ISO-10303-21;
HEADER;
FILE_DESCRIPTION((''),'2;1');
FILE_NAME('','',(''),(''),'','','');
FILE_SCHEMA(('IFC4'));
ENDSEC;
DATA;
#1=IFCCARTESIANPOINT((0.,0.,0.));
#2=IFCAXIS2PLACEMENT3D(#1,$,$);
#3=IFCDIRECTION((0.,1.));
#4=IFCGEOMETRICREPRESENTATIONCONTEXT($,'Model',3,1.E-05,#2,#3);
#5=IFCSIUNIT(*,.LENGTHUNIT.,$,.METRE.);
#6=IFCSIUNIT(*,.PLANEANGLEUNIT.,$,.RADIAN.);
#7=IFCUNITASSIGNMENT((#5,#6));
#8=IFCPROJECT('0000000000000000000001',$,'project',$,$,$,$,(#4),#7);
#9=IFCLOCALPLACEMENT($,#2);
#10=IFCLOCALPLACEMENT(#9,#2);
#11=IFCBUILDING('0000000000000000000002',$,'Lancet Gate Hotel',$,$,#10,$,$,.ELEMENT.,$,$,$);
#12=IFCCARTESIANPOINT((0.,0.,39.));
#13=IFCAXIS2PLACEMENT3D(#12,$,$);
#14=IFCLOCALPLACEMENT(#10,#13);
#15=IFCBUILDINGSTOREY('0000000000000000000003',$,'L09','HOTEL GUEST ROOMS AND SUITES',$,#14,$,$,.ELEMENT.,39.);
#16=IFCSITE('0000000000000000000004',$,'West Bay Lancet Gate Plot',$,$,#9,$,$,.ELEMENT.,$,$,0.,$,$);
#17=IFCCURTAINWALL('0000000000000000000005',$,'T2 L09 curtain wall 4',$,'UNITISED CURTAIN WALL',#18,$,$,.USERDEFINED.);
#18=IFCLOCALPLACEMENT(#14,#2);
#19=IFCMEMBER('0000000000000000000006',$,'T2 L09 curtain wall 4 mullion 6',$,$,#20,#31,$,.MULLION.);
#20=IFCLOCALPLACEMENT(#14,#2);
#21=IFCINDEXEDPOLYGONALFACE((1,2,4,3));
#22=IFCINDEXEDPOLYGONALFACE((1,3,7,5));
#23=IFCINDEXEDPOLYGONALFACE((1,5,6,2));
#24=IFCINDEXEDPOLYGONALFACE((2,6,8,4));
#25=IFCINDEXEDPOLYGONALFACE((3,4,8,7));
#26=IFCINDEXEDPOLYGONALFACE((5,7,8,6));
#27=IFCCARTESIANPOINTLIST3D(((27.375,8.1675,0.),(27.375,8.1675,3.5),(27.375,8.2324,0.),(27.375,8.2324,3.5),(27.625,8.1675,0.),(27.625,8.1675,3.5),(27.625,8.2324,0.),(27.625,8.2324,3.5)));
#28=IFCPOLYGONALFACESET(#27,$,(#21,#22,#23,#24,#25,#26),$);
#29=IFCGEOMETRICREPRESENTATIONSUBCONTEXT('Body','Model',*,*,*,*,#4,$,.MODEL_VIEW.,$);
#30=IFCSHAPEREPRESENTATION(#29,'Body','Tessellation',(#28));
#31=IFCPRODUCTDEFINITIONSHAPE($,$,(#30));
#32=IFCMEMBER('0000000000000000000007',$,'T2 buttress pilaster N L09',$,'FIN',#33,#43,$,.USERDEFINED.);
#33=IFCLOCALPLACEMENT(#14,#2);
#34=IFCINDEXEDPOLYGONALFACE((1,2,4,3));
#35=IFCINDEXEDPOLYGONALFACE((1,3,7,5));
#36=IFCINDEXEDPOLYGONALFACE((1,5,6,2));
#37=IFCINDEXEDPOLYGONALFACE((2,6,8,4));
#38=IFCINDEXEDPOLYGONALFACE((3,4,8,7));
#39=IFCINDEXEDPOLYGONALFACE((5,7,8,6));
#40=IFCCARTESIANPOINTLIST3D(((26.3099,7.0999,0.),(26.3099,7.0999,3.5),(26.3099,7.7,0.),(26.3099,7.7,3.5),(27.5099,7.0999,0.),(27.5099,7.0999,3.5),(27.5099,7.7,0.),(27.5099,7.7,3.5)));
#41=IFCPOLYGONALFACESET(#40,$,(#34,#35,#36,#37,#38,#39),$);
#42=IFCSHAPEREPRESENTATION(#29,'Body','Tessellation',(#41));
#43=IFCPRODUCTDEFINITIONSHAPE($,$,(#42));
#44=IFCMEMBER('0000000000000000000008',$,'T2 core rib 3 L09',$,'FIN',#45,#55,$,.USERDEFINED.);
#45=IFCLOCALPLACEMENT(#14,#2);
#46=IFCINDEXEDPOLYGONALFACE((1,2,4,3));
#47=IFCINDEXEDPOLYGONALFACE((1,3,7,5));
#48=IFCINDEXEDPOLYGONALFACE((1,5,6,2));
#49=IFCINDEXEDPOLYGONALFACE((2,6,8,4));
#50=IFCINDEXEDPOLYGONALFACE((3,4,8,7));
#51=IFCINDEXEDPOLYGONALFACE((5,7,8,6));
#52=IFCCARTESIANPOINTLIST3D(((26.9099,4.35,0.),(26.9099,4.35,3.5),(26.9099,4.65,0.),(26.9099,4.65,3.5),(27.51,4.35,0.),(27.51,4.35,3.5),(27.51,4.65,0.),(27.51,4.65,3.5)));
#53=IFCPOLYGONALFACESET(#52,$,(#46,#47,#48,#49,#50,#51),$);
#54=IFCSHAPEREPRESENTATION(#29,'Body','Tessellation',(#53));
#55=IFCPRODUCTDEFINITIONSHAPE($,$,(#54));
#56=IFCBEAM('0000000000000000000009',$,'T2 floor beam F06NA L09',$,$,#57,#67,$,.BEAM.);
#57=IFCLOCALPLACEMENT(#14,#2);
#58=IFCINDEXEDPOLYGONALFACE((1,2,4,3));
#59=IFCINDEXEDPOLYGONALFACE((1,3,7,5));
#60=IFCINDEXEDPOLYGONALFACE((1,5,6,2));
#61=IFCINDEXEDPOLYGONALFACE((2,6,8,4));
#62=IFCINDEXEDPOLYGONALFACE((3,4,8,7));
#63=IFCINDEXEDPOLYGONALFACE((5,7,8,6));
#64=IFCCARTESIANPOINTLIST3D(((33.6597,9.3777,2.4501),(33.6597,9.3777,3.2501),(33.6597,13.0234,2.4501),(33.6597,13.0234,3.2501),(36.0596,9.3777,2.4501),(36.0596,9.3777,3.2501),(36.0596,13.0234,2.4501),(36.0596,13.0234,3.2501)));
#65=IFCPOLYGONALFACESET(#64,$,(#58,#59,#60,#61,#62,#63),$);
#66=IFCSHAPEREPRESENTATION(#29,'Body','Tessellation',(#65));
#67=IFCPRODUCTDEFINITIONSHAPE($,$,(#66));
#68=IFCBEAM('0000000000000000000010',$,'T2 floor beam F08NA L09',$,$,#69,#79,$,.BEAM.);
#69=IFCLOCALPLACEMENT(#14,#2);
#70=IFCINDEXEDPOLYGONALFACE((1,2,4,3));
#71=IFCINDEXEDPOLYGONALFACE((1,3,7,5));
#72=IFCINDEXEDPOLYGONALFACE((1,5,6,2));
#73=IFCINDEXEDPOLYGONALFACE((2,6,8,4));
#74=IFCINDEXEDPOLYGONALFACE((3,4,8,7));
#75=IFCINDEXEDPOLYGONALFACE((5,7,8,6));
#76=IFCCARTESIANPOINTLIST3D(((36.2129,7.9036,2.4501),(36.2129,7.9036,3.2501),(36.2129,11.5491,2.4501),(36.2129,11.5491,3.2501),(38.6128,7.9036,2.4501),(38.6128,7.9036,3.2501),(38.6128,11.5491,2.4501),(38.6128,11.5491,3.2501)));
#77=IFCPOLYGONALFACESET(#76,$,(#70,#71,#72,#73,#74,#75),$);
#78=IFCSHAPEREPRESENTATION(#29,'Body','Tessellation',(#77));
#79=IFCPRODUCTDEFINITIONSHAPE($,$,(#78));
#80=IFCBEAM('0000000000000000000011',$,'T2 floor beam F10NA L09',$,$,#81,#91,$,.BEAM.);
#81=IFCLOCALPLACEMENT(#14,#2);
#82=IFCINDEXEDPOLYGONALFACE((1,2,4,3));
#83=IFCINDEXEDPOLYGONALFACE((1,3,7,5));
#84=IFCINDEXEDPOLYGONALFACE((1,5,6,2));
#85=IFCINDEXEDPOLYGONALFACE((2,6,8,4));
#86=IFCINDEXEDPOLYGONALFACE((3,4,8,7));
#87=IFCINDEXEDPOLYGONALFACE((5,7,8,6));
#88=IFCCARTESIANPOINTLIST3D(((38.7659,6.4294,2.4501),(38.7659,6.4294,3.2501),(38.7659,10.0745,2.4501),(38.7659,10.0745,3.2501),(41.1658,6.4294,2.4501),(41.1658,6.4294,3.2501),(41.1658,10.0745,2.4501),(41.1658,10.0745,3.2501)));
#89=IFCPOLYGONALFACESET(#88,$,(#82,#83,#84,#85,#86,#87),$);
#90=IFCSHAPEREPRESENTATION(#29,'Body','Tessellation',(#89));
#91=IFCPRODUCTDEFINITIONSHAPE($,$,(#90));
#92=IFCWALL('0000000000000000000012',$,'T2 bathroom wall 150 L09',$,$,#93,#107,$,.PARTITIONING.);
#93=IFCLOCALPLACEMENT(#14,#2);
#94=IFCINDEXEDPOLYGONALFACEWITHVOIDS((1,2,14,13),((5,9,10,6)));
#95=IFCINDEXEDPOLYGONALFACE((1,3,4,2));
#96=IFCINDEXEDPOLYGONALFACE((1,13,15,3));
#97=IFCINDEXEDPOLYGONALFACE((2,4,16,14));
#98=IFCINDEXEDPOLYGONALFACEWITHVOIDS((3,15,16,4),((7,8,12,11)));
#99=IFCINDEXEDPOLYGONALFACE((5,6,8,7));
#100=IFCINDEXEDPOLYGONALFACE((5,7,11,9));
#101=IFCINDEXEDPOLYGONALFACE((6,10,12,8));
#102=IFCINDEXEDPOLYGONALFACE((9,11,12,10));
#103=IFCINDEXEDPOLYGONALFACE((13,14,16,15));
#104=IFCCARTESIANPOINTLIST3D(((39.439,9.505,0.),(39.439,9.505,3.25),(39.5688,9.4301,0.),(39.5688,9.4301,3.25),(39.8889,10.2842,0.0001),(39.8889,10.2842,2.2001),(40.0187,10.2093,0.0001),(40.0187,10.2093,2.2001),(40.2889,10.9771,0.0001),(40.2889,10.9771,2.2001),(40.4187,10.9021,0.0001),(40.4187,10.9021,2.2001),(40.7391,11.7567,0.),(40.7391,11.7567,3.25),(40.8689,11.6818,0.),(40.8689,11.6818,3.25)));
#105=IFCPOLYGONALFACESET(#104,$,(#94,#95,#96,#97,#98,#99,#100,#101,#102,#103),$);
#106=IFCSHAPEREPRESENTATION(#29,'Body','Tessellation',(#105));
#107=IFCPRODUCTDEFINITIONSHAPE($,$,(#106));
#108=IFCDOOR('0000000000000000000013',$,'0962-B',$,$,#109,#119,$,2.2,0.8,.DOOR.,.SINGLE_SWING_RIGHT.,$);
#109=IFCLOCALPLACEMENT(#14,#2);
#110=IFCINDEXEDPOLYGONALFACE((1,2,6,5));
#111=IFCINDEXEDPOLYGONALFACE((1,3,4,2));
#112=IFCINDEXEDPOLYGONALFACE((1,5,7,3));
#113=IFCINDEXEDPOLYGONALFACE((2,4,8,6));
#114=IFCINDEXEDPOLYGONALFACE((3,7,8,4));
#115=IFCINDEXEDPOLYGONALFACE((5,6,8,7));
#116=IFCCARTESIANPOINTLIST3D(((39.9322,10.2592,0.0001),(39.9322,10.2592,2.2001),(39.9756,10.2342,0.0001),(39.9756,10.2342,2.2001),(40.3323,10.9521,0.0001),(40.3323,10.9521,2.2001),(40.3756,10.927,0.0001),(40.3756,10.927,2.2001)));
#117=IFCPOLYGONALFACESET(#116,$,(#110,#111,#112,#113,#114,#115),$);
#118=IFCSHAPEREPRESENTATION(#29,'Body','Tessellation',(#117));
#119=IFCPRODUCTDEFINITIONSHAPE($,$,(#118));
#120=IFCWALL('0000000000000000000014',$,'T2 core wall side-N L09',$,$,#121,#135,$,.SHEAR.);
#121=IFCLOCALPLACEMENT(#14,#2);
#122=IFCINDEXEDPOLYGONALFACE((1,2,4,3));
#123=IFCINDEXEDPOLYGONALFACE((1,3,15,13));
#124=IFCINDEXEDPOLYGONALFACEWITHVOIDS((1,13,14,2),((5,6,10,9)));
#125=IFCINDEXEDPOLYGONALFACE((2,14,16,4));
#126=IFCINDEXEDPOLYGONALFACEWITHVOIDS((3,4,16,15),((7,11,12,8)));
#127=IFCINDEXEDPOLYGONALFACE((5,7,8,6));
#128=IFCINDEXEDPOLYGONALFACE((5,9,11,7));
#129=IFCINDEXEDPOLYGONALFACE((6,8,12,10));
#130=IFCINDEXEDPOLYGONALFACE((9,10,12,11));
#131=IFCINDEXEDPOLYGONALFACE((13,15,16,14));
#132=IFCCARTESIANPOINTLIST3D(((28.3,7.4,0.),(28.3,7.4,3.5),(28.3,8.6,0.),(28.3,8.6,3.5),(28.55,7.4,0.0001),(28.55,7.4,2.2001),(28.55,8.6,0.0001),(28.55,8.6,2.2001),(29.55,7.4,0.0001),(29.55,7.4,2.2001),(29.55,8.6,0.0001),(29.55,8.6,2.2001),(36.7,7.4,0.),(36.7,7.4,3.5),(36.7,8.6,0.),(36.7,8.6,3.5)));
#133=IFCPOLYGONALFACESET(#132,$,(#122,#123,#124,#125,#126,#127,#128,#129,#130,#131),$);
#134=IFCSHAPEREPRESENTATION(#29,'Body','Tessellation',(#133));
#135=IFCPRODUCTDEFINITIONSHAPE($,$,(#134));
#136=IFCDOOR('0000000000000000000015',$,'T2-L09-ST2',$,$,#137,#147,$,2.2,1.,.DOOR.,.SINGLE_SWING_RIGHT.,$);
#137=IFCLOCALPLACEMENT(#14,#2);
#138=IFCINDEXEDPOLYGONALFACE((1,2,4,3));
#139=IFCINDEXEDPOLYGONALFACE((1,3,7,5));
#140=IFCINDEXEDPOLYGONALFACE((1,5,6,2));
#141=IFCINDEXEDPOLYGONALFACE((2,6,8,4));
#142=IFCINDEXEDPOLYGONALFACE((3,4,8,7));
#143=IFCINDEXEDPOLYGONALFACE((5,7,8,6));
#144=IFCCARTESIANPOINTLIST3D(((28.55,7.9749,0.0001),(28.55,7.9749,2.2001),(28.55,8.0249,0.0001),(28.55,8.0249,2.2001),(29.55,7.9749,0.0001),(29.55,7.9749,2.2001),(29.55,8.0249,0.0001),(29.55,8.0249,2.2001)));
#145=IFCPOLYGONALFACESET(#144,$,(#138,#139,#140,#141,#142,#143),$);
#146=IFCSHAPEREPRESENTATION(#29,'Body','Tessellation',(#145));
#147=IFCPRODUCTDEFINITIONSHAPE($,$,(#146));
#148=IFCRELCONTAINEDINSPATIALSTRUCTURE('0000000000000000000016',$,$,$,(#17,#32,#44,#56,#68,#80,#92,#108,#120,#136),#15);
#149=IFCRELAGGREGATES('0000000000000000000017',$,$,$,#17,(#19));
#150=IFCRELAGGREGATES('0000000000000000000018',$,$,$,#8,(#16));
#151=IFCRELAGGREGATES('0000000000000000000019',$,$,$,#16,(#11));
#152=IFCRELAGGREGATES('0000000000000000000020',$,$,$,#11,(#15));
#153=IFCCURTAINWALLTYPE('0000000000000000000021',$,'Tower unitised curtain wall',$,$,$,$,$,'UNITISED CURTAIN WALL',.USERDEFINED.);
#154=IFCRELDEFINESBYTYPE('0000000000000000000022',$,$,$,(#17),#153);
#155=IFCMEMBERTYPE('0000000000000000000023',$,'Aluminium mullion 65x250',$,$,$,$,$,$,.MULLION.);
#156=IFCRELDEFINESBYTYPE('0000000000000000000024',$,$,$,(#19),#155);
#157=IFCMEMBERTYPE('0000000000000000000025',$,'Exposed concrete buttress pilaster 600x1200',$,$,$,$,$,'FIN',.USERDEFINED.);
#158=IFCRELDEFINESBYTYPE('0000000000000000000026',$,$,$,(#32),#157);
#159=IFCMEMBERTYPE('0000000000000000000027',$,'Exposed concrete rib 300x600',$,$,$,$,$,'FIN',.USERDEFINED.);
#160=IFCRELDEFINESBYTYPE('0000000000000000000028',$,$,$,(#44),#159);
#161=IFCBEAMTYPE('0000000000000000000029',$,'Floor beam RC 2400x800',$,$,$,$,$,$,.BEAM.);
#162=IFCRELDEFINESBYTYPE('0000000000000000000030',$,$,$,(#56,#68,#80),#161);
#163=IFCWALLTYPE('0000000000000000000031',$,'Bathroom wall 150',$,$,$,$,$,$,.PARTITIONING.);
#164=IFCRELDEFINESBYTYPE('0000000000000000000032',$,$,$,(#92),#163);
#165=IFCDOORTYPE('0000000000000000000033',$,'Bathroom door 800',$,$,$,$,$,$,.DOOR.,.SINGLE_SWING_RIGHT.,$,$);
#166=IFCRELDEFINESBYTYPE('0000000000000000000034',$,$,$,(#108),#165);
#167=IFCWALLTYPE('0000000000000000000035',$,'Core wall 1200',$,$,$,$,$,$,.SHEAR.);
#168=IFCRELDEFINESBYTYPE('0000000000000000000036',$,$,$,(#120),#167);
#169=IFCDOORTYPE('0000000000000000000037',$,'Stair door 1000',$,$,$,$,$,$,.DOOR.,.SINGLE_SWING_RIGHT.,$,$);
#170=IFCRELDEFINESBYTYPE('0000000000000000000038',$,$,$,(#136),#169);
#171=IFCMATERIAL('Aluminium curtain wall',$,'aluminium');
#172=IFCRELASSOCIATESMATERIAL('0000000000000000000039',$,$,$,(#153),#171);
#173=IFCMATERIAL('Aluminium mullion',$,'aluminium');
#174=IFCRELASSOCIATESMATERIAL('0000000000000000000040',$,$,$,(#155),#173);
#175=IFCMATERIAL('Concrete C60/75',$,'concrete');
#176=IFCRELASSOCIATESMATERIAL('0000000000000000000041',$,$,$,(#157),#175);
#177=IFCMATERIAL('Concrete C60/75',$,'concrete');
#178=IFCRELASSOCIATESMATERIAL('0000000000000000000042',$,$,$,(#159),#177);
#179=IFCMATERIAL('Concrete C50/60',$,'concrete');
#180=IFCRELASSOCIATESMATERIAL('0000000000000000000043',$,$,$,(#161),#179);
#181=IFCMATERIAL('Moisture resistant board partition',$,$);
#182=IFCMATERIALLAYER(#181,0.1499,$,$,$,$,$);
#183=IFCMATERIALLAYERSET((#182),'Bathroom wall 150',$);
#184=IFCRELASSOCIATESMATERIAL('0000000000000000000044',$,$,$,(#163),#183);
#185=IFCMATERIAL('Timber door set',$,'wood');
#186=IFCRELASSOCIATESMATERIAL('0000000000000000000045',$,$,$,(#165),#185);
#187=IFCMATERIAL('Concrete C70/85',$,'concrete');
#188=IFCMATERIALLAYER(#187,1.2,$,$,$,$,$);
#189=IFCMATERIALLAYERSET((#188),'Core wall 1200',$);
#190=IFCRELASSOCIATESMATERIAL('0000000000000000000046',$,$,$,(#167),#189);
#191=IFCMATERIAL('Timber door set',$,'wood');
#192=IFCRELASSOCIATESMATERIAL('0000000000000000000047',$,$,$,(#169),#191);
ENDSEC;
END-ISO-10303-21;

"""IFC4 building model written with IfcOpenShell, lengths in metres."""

from ifc_helpers import new_model, si_unit, direction, frame, frame_2d, origin, origin_2d, place, context, subcontext, project, spatial, rectangle, extrude, material, layer, layer_set, material_profile, profile_set, type_object, element, fill, aggregate, save


model = new_model("IFC4")

# Units and contexts
model_context = context("Model", 3, precision=1e-05, world=origin(), true_north=direction((0.0, 1.0)))
body_context = subcontext(model_context, "Body", "Model", "MODEL_VIEW")
ifc_project = project(units=[si_unit("LENGTHUNIT", "METRE"), si_unit("PLANEANGLEUNIT", "RADIAN")], contexts=[model_context])

# Site, building, storey
site_placement = place(None, origin())
site = spatial("IfcSite", under=ifc_project, at=site_placement, Name="West Bay Lancet Gate Plot", CompositionType="ELEMENT", RefElevation=0.0)
building_placement = place(site_placement, origin())
building = spatial("IfcBuilding", under=site, at=building_placement, Name="Lancet Gate Hotel", CompositionType="ELEMENT")
storey_placement = place(building_placement, frame((0.0, 0.0, 39.0)))
storey = spatial("IfcBuildingStorey", under=building, at=storey_placement, Name="L09", Description="HOTEL GUEST ROOMS AND SUITES", CompositionType="ELEMENT", Elevation=39.0)

# Curtain wall, member
ifc_material_1 = material(Name="Aluminium curtain wall", Category="aluminium")
curtain_wall_type = type_object("IfcCurtainWallType", Name="Tower unitised curtain wall", ElementType="UNITISED CURTAIN WALL", PredefinedType="USERDEFINED", material=ifc_material_1)
curtain_wall_placement = place(storey_placement, origin())
curtain_wall = element("IfcCurtainWall", 1, at=curtain_wall_placement, inside=storey, type_object=curtain_wall_type, Name="T2 L09 curtain wall 4", ObjectType="UNITISED CURTAIN WALL", PredefinedType="USERDEFINED")
ifc_material_2 = material(Name="Aluminium mullion", Category="aluminium")
ifc_material_profile_1 = material_profile(ifc_material_2, rectangle(XDim=0.0649, YDim=0.25, at=origin_2d()), Name="MULLION 65x250")
ifc_profile_set_1 = profile_set([ifc_material_profile_1], Name="Aluminium mullion")
member_type_1 = type_object("IfcMemberType", Name="Aluminium mullion 65x250", PredefinedType="MULLION", material=ifc_profile_set_1)
member_1_placement = place(storey_placement, frame((27.5, 8.2, 0.0), z_axis=(0.0, 0.0, 1.0), x_axis=(0.0, -1.0, 0.0)))
member_1 = element("IfcMember", 2, at=member_1_placement, type_object=member_type_1, Name="T2 L09 curtain wall 4 mullion 6", PredefinedType="MULLION", context=body_context, shape_type="SweptSolid", body=[
    extrude(rectangle(XDim=0.0649, YDim=0.25, at=origin_2d()), origin(), (0.0, 0.0, 1.0), 3.5),
])
aggregate(curtain_wall, [member_1])

# Members
ifc_material_3 = material(Name="Concrete C60/75", Category="concrete")
ifc_material_profile_2 = material_profile(ifc_material_3, rectangle(XDim=0.6001, YDim=1.2, at=origin_2d()), Name="FIN 600x1200")
ifc_profile_set_2 = profile_set([ifc_material_profile_2], Name="Concrete C60/75")
member_type_2 = type_object("IfcMemberType", Name="Exposed concrete buttress pilaster 600x1200", ElementType="FIN", PredefinedType="USERDEFINED", material=ifc_profile_set_2)
member_2_placement = place(storey_placement, frame((26.9099, 7.3999, 0.0), z_axis=(0.0, 0.0, 1.0), x_axis=(0.0, 1.0, 0.0)))
element("IfcMember", 3, at=member_2_placement, inside=storey, type_object=member_type_2, Name="T2 buttress pilaster N L09", ObjectType="FIN", PredefinedType="USERDEFINED", context=body_context, shape_type="SweptSolid", body=[
    extrude(rectangle(XDim=0.6001, YDim=1.2, at=origin_2d()), origin(), (0.0, 0.0, 1.0), 3.5),
])
ifc_material_4 = material(Name="Concrete C60/75", Category="concrete")
ifc_material_profile_3 = material_profile(ifc_material_4, rectangle(XDim=0.3, YDim=0.6001, at=origin_2d()), Name="FIN 300x600")
ifc_profile_set_3 = profile_set([ifc_material_profile_3], Name="Concrete C60/75")
member_type_3 = type_object("IfcMemberType", Name="Exposed concrete rib 300x600", ElementType="FIN", PredefinedType="USERDEFINED", material=ifc_profile_set_3)
member_3_placement = place(storey_placement, frame((27.21, 4.5, 0.0), z_axis=(0.0, 0.0, 1.0), x_axis=(0.0, 1.0, 0.0)))
element("IfcMember", 4, at=member_3_placement, inside=storey, type_object=member_type_3, Name="T2 core rib 3 L09", ObjectType="FIN", PredefinedType="USERDEFINED", context=body_context, shape_type="SweptSolid", body=[
    extrude(rectangle(XDim=0.3, YDim=0.6001, at=origin_2d()), origin(), (0.0, 0.0, 1.0), 3.5),
])

# Beams
ifc_material_5 = material(Name="Concrete C50/60", Category="concrete")
ifc_material_profile_4 = material_profile(ifc_material_5, rectangle(XDim=2.3999, YDim=0.8, at=origin_2d()), Name="RC 2400x800")
ifc_profile_set_4 = profile_set([ifc_material_profile_4], Name="Concrete C50/60")
beam_type = type_object("IfcBeamType", Name="Floor beam RC 2400x800", PredefinedType="BEAM", material=ifc_profile_set_4)
beam_1_placement = place(storey_placement, frame((34.8596, 9.3777, 2.8501), z_axis=(0.0, 1.0, 0.0), x_axis=(-1.0, 0.0, 0.0)))
element("IfcBeam", 5, at=beam_1_placement, inside=storey, type_object=beam_type, Name="T2 floor beam F06NA L09", PredefinedType="BEAM", context=body_context, shape_type="SweptSolid", body=[
    extrude(rectangle(XDim=2.3999, YDim=0.8, at=origin_2d()), origin(), (0.0, 0.0, 1.0), 3.6458),
])
beam_2_placement = place(storey_placement, frame((37.4128, 7.9036, 2.8501), z_axis=(0.0, 1.0, 0.0), x_axis=(-1.0, 0.0, 0.0)))
element("IfcBeam", 6, at=beam_2_placement, inside=storey, type_object=beam_type, Name="T2 floor beam F08NA L09", PredefinedType="BEAM", context=body_context, shape_type="SweptSolid", body=[
    extrude(rectangle(XDim=2.3999, YDim=0.8, at=origin_2d()), origin(), (0.0, 0.0, 1.0), 3.6455),
])
beam_3_placement = place(storey_placement, frame((39.9658, 6.4294, 2.8501), z_axis=(0.0, 1.0, 0.0), x_axis=(-1.0, 0.0, 0.0)))
element("IfcBeam", 7, at=beam_3_placement, inside=storey, type_object=beam_type, Name="T2 floor beam F10NA L09", PredefinedType="BEAM", context=body_context, shape_type="SweptSolid", body=[
    extrude(rectangle(XDim=2.3999, YDim=0.8, at=origin_2d()), origin(), (0.0, 0.0, 1.0), 3.645),
])

# Walls, openings, doors
ifc_material_6 = material(Name="Moisture resistant board partition")
ifc_layer_1 = layer(ifc_material_6, 0.1499)
ifc_layer_set_1 = layer_set([ifc_layer_1], Name="Bathroom wall 150")
wall_type_1 = type_object("IfcWallType", Name="Bathroom wall 150", PredefinedType="PARTITIONING", material=ifc_layer_set_1)
wall_1_placement = place(storey_placement, frame((39.5039, 9.4675, 0.0), z_axis=(0.0, 0.0, 1.0), x_axis=(0.500007, 0.866021, 0.0)))
wall_1 = element("IfcWall", 8, at=wall_1_placement, inside=storey, type_object=wall_type_1, Name="T2 bathroom wall 150 L09", PredefinedType="PARTITIONING", context=body_context, shape_type="SweptSolid", body=[
    extrude(rectangle(XDim=2.6001, YDim=0.1499, at=frame_2d((1.3, 0.0))), origin(), (0.0, 0.0, 1.0), 3.25),
])
opening_1_placement = place(wall_1_placement, frame((0.8999, 0.0, 0.0)))
opening_1 = element("IfcOpeningElement", 9, at=opening_1_placement, cuts=wall_1, PredefinedType="OPENING", context=body_context, shape_type="SweptSolid", body=[
    extrude(rectangle(XDim=0.8, YDim=2.2, at=frame_2d((0.3999, 1.1001))), frame((0.0, 0.085, 0.0), z_axis=(0.0, -1.0, 0.0), x_axis=(1.0, 0.0, 0.0)), (0.0, 0.0, 1.0), 0.1699),
])
ifc_material_7 = material(Name="Timber door set", Category="wood")
door_type_1 = type_object("IfcDoorType", Name="Bathroom door 800", OperationType="SINGLE_SWING_RIGHT", PredefinedType="DOOR", material=ifc_material_7)
door_1_placement = place(opening_1_placement, origin())
door_1 = element("IfcDoor", 10, at=door_1_placement, inside=storey, type_object=door_type_1, Name="0962-B", OperationType="SINGLE_SWING_RIGHT", OverallHeight=2.2, OverallWidth=0.8, PredefinedType="DOOR", context=body_context, shape_type="SweptSolid", body=[
    extrude(rectangle(XDim=0.8, YDim=2.2, at=frame_2d((0.3999, 1.1001))), frame((0.0, 0.0249, 0.0), z_axis=(0.0, -1.0, 0.0), x_axis=(1.0, 0.0, 0.0)), (0.0, 0.0, 1.0), 0.05),
])
fill(opening_1, door_1)
ifc_material_8 = material(Name="Concrete C70/85", Category="concrete")
ifc_layer_2 = layer(ifc_material_8, 1.2)
ifc_layer_set_2 = layer_set([ifc_layer_2], Name="Core wall 1200")
wall_type_2 = type_object("IfcWallType", Name="Core wall 1200", PredefinedType="SHEAR", material=ifc_layer_set_2)
wall_2_placement = place(storey_placement, frame((28.3, 8.0, 0.0), z_axis=(0.0, 0.0, 1.0), x_axis=(1.0, 0.0, 0.0)))
wall_2 = element("IfcWall", 11, at=wall_2_placement, inside=storey, type_object=wall_type_2, Name="T2 core wall side-N L09", PredefinedType="SHEAR", context=body_context, shape_type="SweptSolid", body=[
    extrude(rectangle(XDim=8.3999, YDim=1.2, at=frame_2d((4.2, 0.0))), origin(), (0.0, 0.0, 1.0), 3.5),
])
opening_2_placement = place(wall_2_placement, frame((0.25, 0.0, 0.0)))
opening_2 = element("IfcOpeningElement", 12, at=opening_2_placement, cuts=wall_2, PredefinedType="OPENING", context=body_context, shape_type="SweptSolid", body=[
    extrude(rectangle(XDim=1.0, YDim=2.2, at=frame_2d((0.5, 1.1001))), frame((0.0, 0.6099, 0.0), z_axis=(0.0, -1.0, 0.0), x_axis=(1.0, 0.0, 0.0)), (0.0, 0.0, 1.0), 1.22),
])
ifc_material_9 = material(Name="Timber door set", Category="wood")
door_type_2 = type_object("IfcDoorType", Name="Stair door 1000", OperationType="SINGLE_SWING_RIGHT", PredefinedType="DOOR", material=ifc_material_9)
door_2_placement = place(opening_2_placement, origin())
door_2 = element("IfcDoor", 13, at=door_2_placement, inside=storey, type_object=door_type_2, Name="T2-L09-ST2", OperationType="SINGLE_SWING_RIGHT", OverallHeight=2.2, OverallWidth=1.0, PredefinedType="DOOR", context=body_context, shape_type="SweptSolid", body=[
    extrude(rectangle(XDim=1.0, YDim=2.2, at=frame_2d((0.5, 1.1001))), frame((0.0, 0.0249, 0.0), z_axis=(0.0, -1.0, 0.0), x_axis=(1.0, 0.0, 0.0)), (0.0, 0.0, 1.0), 0.05),
])
fill(opening_2, door_2)

save(model, "model.ifc")
